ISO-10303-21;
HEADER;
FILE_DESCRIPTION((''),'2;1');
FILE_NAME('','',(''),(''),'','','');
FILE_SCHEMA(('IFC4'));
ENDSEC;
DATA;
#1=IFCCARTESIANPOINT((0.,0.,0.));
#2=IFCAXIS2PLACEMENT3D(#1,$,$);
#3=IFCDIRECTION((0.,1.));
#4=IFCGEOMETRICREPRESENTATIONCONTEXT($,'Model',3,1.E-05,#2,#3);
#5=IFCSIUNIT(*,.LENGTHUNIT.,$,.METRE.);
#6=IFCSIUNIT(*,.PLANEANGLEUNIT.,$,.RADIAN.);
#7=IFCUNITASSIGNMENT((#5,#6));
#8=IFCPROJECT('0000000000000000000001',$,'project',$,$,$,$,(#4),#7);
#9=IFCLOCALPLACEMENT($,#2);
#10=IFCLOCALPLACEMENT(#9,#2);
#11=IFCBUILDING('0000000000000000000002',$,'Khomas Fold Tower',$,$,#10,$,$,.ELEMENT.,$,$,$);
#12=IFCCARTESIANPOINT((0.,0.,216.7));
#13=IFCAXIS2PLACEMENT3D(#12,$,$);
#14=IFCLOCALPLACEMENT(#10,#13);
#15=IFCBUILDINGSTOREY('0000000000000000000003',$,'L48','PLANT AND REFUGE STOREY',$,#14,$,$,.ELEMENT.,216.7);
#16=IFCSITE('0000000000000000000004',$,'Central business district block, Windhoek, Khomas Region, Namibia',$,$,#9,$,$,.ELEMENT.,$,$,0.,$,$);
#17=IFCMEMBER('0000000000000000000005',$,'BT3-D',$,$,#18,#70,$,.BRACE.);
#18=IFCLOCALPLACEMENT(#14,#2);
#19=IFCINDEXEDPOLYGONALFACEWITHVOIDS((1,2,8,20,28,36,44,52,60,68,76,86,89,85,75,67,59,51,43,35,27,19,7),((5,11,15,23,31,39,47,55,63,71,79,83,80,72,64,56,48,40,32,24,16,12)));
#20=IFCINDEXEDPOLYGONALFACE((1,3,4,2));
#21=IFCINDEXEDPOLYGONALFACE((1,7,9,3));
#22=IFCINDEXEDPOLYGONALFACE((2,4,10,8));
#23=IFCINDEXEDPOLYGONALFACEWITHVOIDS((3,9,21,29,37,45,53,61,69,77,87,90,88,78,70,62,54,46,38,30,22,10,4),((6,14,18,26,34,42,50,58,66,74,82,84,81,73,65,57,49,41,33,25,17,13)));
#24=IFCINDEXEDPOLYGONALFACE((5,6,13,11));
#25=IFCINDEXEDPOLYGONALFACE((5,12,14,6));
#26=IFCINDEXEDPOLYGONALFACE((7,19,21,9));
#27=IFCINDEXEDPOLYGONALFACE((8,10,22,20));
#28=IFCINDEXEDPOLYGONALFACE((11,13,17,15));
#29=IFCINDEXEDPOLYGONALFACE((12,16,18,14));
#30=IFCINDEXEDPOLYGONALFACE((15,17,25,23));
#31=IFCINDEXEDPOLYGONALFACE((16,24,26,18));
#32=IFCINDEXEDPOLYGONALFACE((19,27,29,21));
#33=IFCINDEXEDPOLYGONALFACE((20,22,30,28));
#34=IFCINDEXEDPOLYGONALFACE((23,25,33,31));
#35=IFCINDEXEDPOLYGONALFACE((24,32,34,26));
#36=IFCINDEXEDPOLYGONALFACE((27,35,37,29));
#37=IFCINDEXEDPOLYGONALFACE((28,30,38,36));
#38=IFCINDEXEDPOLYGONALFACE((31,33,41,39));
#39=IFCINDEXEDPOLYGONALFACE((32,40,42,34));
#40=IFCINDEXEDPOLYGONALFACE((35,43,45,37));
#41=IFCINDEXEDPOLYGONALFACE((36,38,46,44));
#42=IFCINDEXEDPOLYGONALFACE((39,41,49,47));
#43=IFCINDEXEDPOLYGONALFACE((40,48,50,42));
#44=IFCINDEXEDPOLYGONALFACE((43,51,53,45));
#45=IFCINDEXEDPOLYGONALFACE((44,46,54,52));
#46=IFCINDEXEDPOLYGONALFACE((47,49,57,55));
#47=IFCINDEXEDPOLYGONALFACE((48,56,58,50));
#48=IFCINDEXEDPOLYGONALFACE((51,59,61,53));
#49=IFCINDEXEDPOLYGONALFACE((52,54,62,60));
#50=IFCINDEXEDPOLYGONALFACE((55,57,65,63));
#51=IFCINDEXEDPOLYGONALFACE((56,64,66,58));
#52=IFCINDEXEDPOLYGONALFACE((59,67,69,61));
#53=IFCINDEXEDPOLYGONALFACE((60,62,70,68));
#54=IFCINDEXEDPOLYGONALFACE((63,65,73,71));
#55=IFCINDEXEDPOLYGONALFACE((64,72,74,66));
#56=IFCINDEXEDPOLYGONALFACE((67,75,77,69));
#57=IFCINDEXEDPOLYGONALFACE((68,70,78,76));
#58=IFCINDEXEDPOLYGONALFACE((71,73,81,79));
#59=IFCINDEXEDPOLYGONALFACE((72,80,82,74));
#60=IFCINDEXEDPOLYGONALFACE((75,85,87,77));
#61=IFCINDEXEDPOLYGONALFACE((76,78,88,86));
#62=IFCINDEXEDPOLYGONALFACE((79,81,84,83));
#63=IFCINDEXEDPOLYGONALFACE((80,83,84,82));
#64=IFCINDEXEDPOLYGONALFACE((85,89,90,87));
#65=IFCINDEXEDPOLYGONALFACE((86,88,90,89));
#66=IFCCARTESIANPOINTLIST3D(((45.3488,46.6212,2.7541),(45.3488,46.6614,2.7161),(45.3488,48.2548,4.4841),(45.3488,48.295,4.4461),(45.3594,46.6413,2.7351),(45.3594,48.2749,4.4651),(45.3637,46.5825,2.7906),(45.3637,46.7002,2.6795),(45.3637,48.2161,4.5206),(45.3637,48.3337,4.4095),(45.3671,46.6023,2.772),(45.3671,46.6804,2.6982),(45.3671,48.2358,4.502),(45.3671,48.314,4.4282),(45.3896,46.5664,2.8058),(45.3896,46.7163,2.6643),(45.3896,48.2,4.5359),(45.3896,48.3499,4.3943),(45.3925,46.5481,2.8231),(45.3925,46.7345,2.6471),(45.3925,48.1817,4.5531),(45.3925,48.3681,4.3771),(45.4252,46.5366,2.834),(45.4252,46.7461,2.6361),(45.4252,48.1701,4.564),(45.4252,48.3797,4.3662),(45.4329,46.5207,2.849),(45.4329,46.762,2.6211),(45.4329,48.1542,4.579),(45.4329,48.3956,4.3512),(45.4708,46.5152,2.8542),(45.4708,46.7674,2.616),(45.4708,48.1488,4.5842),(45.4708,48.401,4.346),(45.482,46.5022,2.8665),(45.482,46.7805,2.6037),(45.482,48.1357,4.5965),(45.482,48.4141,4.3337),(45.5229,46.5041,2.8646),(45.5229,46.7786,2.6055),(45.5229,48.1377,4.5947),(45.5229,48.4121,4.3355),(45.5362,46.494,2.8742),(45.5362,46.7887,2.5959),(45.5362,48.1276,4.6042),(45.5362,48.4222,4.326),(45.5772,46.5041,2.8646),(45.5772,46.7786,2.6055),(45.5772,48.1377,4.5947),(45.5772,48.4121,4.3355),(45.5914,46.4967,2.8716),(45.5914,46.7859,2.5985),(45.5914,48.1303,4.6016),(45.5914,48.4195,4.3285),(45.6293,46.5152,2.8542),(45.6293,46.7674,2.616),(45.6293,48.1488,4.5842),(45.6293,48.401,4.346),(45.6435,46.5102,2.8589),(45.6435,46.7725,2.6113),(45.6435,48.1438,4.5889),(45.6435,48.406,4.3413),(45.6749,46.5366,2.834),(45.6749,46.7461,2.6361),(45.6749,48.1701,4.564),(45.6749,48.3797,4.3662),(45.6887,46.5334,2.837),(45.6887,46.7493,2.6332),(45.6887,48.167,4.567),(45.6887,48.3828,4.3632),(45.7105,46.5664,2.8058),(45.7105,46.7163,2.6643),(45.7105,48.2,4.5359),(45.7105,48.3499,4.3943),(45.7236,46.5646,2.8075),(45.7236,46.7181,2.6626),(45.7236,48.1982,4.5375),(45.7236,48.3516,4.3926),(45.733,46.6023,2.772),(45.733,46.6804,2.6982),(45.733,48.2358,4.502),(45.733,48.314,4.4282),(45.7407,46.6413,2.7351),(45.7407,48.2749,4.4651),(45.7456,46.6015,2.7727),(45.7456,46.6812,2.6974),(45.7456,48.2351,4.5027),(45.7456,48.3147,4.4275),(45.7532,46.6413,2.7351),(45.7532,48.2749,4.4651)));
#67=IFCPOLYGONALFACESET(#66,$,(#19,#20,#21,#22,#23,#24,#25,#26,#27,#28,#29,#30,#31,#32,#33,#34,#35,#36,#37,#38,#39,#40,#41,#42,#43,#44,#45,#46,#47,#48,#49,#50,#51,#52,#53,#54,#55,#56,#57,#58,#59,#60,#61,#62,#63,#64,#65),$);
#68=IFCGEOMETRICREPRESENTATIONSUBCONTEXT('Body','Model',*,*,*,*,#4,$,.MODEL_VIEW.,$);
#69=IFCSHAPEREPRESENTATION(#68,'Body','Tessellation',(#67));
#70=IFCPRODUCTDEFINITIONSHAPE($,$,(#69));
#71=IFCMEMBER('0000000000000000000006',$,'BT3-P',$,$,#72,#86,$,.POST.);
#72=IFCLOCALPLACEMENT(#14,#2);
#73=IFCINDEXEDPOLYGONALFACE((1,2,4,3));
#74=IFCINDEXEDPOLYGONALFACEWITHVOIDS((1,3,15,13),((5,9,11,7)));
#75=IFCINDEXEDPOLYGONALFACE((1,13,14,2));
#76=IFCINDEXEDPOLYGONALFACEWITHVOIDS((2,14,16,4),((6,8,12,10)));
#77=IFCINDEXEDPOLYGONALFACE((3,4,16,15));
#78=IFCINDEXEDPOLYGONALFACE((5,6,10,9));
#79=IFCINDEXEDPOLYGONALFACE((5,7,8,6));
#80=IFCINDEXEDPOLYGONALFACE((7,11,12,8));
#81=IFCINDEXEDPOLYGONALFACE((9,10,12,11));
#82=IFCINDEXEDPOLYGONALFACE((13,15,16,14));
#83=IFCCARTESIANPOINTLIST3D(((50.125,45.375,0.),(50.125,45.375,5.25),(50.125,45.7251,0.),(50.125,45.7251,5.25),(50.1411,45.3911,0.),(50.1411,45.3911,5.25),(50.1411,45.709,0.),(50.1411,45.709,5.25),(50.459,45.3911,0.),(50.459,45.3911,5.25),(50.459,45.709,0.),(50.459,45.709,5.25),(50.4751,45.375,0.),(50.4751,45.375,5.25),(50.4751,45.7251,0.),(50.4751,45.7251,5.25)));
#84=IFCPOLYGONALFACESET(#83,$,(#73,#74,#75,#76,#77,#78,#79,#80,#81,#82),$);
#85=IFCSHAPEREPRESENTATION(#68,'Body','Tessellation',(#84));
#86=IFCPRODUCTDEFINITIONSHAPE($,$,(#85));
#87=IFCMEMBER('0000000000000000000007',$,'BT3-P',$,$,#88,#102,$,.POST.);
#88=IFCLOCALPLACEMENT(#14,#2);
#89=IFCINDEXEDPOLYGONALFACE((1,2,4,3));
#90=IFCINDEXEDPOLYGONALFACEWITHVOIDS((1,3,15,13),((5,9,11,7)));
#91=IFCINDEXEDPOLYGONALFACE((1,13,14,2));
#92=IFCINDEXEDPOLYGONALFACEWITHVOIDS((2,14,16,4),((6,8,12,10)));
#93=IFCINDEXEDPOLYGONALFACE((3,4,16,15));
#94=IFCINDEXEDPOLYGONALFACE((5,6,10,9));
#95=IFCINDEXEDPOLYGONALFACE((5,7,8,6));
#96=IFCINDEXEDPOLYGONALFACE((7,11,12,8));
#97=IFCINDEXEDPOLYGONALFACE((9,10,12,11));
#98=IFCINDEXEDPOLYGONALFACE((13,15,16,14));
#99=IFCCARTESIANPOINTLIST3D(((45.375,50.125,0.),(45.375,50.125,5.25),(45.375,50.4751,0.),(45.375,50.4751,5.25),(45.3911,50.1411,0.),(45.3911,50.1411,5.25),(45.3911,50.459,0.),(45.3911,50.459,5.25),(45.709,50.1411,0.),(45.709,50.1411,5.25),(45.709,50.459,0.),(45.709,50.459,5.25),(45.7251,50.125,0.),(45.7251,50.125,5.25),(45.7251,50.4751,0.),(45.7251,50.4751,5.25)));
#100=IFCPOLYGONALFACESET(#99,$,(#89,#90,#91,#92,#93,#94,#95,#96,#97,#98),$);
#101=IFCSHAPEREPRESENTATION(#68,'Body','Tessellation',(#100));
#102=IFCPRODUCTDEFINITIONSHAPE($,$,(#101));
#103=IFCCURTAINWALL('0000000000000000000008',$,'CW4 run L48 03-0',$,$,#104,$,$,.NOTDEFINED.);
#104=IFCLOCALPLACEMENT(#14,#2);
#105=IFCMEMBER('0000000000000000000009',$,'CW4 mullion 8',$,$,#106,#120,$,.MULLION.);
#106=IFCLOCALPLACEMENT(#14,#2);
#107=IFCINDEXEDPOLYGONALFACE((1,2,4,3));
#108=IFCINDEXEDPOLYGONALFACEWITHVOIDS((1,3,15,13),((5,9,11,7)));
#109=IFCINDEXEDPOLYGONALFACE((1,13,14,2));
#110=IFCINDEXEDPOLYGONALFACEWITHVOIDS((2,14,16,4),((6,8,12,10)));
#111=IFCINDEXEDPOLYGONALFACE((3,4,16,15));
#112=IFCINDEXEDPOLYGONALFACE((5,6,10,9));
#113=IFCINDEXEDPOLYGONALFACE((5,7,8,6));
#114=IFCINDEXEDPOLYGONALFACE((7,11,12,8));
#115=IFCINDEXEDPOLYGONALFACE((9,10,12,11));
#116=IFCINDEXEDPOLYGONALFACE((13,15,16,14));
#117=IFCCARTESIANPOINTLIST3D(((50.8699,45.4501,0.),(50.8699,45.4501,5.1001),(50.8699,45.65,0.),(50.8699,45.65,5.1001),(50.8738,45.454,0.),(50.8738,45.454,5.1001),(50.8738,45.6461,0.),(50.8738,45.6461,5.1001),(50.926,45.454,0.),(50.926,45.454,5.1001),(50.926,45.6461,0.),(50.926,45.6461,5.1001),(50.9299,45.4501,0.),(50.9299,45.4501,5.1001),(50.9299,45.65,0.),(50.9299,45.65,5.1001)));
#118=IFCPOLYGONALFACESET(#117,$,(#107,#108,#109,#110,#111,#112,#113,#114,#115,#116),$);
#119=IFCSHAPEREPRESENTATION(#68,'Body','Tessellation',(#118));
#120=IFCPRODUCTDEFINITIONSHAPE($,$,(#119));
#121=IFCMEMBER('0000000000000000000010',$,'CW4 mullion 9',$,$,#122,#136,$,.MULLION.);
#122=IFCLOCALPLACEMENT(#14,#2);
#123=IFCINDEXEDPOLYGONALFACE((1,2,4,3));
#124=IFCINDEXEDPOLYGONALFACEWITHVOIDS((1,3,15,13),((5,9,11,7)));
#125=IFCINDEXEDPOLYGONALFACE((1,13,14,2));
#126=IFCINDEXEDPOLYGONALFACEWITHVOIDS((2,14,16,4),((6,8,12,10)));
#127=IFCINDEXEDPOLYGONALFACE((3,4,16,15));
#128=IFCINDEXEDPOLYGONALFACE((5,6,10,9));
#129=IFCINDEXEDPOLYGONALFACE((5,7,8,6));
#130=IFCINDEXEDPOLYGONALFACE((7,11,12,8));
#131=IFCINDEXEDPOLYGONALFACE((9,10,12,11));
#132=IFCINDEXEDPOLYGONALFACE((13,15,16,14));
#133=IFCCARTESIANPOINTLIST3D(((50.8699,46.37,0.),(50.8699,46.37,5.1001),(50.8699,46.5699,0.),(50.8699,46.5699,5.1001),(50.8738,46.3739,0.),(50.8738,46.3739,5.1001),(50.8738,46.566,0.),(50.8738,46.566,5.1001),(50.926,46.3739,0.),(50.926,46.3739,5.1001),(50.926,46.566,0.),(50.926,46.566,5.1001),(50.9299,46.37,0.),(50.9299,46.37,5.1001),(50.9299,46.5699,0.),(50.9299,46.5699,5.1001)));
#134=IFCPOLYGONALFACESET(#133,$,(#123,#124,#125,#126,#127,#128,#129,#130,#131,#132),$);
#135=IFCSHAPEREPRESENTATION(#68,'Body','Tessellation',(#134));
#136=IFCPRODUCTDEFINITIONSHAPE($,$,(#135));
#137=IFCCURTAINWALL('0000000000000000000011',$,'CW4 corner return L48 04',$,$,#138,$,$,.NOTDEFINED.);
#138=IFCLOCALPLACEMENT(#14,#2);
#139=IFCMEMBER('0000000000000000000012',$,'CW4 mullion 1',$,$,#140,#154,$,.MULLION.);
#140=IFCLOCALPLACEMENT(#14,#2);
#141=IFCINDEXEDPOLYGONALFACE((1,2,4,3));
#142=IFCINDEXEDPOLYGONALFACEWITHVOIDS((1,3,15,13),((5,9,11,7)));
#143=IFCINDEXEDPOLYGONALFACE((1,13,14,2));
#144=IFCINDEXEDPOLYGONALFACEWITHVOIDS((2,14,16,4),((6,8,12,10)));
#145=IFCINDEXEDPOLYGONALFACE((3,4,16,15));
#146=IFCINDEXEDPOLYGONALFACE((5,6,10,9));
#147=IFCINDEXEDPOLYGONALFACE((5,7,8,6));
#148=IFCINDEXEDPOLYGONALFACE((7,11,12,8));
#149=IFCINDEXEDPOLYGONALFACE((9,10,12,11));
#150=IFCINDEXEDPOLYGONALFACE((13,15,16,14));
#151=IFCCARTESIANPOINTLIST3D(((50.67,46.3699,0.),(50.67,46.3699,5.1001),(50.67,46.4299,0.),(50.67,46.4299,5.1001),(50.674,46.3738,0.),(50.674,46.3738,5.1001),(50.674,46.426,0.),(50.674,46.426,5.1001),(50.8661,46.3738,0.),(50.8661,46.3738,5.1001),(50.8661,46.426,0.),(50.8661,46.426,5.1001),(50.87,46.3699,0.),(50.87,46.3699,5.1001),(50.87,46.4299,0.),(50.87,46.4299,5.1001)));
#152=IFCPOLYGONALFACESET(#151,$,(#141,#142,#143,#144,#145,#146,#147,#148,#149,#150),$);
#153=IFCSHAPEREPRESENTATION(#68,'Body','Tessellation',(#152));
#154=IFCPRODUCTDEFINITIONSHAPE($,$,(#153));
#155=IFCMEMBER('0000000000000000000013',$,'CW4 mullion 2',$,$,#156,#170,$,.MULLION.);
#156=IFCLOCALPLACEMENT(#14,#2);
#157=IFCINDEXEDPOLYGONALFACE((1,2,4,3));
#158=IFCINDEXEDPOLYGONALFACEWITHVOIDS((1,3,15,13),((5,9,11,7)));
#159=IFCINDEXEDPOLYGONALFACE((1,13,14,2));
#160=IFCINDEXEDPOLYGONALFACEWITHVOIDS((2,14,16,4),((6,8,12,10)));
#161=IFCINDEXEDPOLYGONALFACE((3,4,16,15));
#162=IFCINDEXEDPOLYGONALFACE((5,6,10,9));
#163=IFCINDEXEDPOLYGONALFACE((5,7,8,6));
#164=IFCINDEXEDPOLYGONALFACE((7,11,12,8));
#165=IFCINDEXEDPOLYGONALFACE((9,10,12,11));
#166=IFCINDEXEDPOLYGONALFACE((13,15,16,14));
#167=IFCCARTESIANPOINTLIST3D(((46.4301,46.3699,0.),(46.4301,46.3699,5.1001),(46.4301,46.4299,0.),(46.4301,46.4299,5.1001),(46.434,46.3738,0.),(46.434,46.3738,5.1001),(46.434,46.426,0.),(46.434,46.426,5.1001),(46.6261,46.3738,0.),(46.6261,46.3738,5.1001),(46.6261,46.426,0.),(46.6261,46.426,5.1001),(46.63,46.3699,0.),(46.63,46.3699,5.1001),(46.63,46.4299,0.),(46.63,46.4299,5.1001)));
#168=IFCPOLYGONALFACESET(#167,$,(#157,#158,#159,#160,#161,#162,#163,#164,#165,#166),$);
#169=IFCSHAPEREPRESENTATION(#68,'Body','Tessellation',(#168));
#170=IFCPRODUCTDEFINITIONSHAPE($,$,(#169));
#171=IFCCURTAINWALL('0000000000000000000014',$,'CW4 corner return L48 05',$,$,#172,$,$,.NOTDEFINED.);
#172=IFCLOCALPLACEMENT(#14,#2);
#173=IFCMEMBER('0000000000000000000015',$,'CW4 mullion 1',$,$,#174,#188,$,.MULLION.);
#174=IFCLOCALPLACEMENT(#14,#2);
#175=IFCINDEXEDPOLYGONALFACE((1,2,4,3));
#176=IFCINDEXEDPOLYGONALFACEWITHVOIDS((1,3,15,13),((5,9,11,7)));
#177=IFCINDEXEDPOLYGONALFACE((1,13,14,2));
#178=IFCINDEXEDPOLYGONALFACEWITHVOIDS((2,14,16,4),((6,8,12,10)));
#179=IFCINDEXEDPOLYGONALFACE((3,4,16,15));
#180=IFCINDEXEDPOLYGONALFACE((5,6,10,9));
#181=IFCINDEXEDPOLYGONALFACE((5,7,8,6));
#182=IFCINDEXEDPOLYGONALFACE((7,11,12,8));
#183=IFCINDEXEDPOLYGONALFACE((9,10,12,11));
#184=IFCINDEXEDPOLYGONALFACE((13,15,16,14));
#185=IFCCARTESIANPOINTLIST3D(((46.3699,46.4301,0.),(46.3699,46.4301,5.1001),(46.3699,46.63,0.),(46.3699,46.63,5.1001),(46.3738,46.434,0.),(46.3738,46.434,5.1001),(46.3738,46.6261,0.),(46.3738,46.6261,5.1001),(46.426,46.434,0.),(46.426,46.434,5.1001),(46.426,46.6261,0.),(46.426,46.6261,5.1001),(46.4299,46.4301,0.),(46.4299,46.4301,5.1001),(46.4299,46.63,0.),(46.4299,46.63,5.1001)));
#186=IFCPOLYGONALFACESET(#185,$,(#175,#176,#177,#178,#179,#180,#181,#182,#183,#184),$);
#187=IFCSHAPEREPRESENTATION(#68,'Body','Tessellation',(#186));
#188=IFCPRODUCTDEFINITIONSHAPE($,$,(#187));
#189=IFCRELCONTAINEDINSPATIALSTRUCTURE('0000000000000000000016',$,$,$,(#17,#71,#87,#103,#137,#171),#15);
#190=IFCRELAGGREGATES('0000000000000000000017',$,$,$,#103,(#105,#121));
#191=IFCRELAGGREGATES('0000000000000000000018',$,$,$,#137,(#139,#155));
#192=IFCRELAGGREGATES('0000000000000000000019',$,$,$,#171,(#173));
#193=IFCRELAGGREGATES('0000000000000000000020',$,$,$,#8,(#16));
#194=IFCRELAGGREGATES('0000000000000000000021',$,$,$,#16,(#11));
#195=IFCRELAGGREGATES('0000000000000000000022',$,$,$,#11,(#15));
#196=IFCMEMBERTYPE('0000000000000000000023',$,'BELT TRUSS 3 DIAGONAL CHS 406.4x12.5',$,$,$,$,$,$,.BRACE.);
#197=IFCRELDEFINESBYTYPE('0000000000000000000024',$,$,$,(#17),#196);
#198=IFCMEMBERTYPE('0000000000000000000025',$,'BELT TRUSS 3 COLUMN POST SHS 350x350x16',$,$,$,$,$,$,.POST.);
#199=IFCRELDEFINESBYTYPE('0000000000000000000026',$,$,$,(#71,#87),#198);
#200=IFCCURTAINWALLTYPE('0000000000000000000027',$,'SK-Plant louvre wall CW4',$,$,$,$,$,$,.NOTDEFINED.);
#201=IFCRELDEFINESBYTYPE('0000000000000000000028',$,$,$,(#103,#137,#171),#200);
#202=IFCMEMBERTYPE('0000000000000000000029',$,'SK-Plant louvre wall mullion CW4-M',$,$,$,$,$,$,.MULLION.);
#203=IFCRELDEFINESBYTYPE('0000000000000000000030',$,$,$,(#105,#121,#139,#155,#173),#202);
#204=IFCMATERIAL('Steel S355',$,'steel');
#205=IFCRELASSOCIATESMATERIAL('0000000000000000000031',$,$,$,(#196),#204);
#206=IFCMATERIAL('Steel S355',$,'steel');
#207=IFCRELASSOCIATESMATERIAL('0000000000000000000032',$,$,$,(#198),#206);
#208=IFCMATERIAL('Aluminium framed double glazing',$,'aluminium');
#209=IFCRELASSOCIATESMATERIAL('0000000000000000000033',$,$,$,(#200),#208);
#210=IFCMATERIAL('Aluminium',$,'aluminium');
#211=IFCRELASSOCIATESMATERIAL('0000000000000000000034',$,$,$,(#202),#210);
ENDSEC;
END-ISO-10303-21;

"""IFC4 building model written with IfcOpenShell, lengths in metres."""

from ifc_helpers import new_model, si_unit, direction, frame, origin, origin_2d, place, context, subcontext, project, spatial, hollow_rectangle, hollow_circle, extrude, source, transform, mapped, material, material_profile, profile_set, type_object, element, aggregate, save


model = new_model("IFC4")

# Units and contexts
model_context = context("Model", 3, precision=1e-05, world=origin(), true_north=direction((0.0, 1.0)))
body_context = subcontext(model_context, "Body", "Model", "MODEL_VIEW")
ifc_project = project(units=[si_unit("LENGTHUNIT", "METRE"), si_unit("PLANEANGLEUNIT", "RADIAN")], contexts=[model_context])

# Site, building, storey
site_placement = place(None, origin())
site = spatial("IfcSite", under=ifc_project, at=site_placement, Name="Central business district block, Windhoek, Khomas Region, Namibia", CompositionType="ELEMENT", RefElevation=0.0)
building_placement = place(site_placement, origin())
building = spatial("IfcBuilding", under=site, at=building_placement, Name="Khomas Fold Tower", CompositionType="ELEMENT")
storey_placement = place(building_placement, frame((0.0, 0.0, 216.7)))
storey = spatial("IfcBuildingStorey", under=building, at=storey_placement, Name="L48", Description="PLANT AND REFUGE STOREY", CompositionType="ELEMENT", Elevation=216.7)

# Members
ifc_material_1 = material(Name="Steel S355", Category="steel")
ifc_material_profile_1 = material_profile(ifc_material_1, hollow_circle(Radius=0.2031, WallThickness=0.0125, at=origin_2d()), Name="CHS 406.4x12.5")
ifc_profile_set_1 = profile_set([ifc_material_profile_1], Name="Steel S355")
member_type_1 = type_object("IfcMemberType", Name="BELT TRUSS 3 DIAGONAL CHS 406.4x12.5", PredefinedType="BRACE", material=ifc_profile_set_1)
shared_shape_1 = source(origin(), body_context, "Body", "SweptSolid", [
    extrude(hollow_circle(Radius=0.2031, WallThickness=0.0125, at=origin_2d()), origin(), (0.0, 0.0, 1.0), 2.3794),
])
member_1_placement = place(storey_placement, frame((45.55, 48.2749, 4.4651), z_axis=(0.0, -0.686551, -0.727081), x_axis=(1.0, 0.0, 0.0)))
element("IfcMember", 1, at=member_1_placement, inside=storey, type_object=member_type_1, Name="BT3-D", PredefinedType="BRACE", context=body_context, shape_type="MappedRepresentation", body=[
    mapped(shared_shape_1, transform((0.0, 0.0, 0.0))),
])
ifc_material_2 = material(Name="Steel S355", Category="steel")
ifc_material_profile_2 = material_profile(ifc_material_2, hollow_rectangle(XDim=0.3501, YDim=0.3501, WallThickness=0.0161, at=origin_2d()), Name="SHS 350x350x16")
ifc_profile_set_2 = profile_set([ifc_material_profile_2], Name="Steel S355")
member_type_2 = type_object("IfcMemberType", Name="BELT TRUSS 3 COLUMN POST SHS 350x350x16", PredefinedType="POST", material=ifc_profile_set_2)
shared_shape_2 = source(origin(), body_context, "Body", "SweptSolid", [
    extrude(hollow_rectangle(XDim=0.3501, YDim=0.3501, WallThickness=0.0161, at=origin_2d()), origin(), (0.0, 0.0, 1.0), 5.25),
])
for number, where, z_axis, x_axis, name in (
    (2, (50.3, 45.55, 0.0), (0.0, 0.0, 1.0), (1.0, 0.0, 0.0), "BT3-P"),
    (3, (45.55, 50.3, 0.0), (0.0, 0.0, 1.0), (1.0, 0.0, 0.0), "BT3-P"),
):
    element("IfcMember", number, at=place(storey_placement, frame(where, z_axis=z_axis, x_axis=x_axis)), inside=storey, type_object=member_type_2, Name=name, PredefinedType="POST", context=body_context, shape_type="MappedRepresentation", body=[
        mapped(shared_shape_2, transform((0.0, 0.0, 0.0))),
    ])

# Curtain walls, members
ifc_material_3 = material(Name="Aluminium framed double glazing", Category="aluminium")
curtain_wall_type = type_object("IfcCurtainWallType", Name="SK-Plant louvre wall CW4", PredefinedType="NOTDEFINED", material=ifc_material_3)
curtain_wall_1_placement = place(storey_placement, origin())
curtain_wall_1 = element("IfcCurtainWall", 4, at=curtain_wall_1_placement, inside=storey, type_object=curtain_wall_type, Name="CW4 run L48 03-0", PredefinedType="NOTDEFINED")
ifc_material_4 = material(Name="Aluminium", Category="aluminium")
ifc_material_profile_3 = material_profile(ifc_material_4, hollow_rectangle(XDim=0.0601, YDim=0.2, WallThickness=0.0039, at=origin_2d()), Name="SK-Plant louvre wall mullion CW4-M")
ifc_profile_set_3 = profile_set([ifc_material_profile_3], Name="Aluminium")
member_type_3 = type_object("IfcMemberType", Name="SK-Plant louvre wall mullion CW4-M", PredefinedType="MULLION", material=ifc_profile_set_3)
shared_shape_3 = source(origin(), body_context, "Body", "SweptSolid", [
    extrude(hollow_rectangle(XDim=0.0601, YDim=0.2, WallThickness=0.0039, at=origin_2d()), origin(), (0.0, 0.0, 1.0), 5.1001),
])
member_2_placement = place(storey_placement, frame((50.8999, 45.55, 0.0), z_axis=(0.0, 0.0, 1.0), x_axis=(-1.0, 0.0, 0.0)))
member_2 = element("IfcMember", 5, at=member_2_placement, type_object=member_type_3, Name="CW4 mullion 8", PredefinedType="MULLION", context=body_context, shape_type="MappedRepresentation", body=[
    mapped(shared_shape_3, transform((0.0, 0.0, 0.0))),
])
member_3_placement = place(storey_placement, frame((50.8999, 46.47, 0.0), z_axis=(0.0, 0.0, 1.0), x_axis=(-1.0, 0.0, 0.0)))
member_3 = element("IfcMember", 6, at=member_3_placement, type_object=member_type_3, Name="CW4 mullion 9", PredefinedType="MULLION", context=body_context, shape_type="MappedRepresentation", body=[
    mapped(shared_shape_3, transform((0.0, 0.0, 0.0))),
])
curtain_wall_2_placement = place(storey_placement, origin())
curtain_wall_2 = element("IfcCurtainWall", 7, at=curtain_wall_2_placement, inside=storey, type_object=curtain_wall_type, Name="CW4 corner return L48 04", PredefinedType="NOTDEFINED")
member_4_placement = place(storey_placement, frame((50.77, 46.3999, 0.0), z_axis=(0.0, 0.0, 1.0), x_axis=(0.0, -1.0, 0.0)))
member_4 = element("IfcMember", 8, at=member_4_placement, type_object=member_type_3, Name="CW4 mullion 1", PredefinedType="MULLION", context=body_context, shape_type="MappedRepresentation", body=[
    mapped(shared_shape_3, transform((0.0, 0.0, 0.0))),
])
member_5_placement = place(storey_placement, frame((46.53, 46.3999, 0.0), z_axis=(0.0, 0.0, 1.0), x_axis=(0.0, -1.0, 0.0)))
member_5 = element("IfcMember", 9, at=member_5_placement, type_object=member_type_3, Name="CW4 mullion 2", PredefinedType="MULLION", context=body_context, shape_type="MappedRepresentation", body=[
    mapped(shared_shape_3, transform((0.0, 0.0, 0.0))),
])
curtain_wall_3_placement = place(storey_placement, origin())
curtain_wall_3 = element("IfcCurtainWall", 10, at=curtain_wall_3_placement, inside=storey, type_object=curtain_wall_type, Name="CW4 corner return L48 05", PredefinedType="NOTDEFINED")
member_6_placement = place(storey_placement, frame((46.3999, 46.53, 0.0), z_axis=(0.0, 0.0, 1.0), x_axis=(-1.0, 0.0, 0.0)))
member_6 = element("IfcMember", 11, at=member_6_placement, type_object=member_type_3, Name="CW4 mullion 1", PredefinedType="MULLION", context=body_context, shape_type="MappedRepresentation", body=[
    mapped(shared_shape_3, transform((0.0, 0.0, 0.0))),
])

aggregate(curtain_wall_1, [member_2, member_3])
aggregate(curtain_wall_2, [member_4, member_5])
aggregate(curtain_wall_3, [member_6])

save(model, "model.ifc")
